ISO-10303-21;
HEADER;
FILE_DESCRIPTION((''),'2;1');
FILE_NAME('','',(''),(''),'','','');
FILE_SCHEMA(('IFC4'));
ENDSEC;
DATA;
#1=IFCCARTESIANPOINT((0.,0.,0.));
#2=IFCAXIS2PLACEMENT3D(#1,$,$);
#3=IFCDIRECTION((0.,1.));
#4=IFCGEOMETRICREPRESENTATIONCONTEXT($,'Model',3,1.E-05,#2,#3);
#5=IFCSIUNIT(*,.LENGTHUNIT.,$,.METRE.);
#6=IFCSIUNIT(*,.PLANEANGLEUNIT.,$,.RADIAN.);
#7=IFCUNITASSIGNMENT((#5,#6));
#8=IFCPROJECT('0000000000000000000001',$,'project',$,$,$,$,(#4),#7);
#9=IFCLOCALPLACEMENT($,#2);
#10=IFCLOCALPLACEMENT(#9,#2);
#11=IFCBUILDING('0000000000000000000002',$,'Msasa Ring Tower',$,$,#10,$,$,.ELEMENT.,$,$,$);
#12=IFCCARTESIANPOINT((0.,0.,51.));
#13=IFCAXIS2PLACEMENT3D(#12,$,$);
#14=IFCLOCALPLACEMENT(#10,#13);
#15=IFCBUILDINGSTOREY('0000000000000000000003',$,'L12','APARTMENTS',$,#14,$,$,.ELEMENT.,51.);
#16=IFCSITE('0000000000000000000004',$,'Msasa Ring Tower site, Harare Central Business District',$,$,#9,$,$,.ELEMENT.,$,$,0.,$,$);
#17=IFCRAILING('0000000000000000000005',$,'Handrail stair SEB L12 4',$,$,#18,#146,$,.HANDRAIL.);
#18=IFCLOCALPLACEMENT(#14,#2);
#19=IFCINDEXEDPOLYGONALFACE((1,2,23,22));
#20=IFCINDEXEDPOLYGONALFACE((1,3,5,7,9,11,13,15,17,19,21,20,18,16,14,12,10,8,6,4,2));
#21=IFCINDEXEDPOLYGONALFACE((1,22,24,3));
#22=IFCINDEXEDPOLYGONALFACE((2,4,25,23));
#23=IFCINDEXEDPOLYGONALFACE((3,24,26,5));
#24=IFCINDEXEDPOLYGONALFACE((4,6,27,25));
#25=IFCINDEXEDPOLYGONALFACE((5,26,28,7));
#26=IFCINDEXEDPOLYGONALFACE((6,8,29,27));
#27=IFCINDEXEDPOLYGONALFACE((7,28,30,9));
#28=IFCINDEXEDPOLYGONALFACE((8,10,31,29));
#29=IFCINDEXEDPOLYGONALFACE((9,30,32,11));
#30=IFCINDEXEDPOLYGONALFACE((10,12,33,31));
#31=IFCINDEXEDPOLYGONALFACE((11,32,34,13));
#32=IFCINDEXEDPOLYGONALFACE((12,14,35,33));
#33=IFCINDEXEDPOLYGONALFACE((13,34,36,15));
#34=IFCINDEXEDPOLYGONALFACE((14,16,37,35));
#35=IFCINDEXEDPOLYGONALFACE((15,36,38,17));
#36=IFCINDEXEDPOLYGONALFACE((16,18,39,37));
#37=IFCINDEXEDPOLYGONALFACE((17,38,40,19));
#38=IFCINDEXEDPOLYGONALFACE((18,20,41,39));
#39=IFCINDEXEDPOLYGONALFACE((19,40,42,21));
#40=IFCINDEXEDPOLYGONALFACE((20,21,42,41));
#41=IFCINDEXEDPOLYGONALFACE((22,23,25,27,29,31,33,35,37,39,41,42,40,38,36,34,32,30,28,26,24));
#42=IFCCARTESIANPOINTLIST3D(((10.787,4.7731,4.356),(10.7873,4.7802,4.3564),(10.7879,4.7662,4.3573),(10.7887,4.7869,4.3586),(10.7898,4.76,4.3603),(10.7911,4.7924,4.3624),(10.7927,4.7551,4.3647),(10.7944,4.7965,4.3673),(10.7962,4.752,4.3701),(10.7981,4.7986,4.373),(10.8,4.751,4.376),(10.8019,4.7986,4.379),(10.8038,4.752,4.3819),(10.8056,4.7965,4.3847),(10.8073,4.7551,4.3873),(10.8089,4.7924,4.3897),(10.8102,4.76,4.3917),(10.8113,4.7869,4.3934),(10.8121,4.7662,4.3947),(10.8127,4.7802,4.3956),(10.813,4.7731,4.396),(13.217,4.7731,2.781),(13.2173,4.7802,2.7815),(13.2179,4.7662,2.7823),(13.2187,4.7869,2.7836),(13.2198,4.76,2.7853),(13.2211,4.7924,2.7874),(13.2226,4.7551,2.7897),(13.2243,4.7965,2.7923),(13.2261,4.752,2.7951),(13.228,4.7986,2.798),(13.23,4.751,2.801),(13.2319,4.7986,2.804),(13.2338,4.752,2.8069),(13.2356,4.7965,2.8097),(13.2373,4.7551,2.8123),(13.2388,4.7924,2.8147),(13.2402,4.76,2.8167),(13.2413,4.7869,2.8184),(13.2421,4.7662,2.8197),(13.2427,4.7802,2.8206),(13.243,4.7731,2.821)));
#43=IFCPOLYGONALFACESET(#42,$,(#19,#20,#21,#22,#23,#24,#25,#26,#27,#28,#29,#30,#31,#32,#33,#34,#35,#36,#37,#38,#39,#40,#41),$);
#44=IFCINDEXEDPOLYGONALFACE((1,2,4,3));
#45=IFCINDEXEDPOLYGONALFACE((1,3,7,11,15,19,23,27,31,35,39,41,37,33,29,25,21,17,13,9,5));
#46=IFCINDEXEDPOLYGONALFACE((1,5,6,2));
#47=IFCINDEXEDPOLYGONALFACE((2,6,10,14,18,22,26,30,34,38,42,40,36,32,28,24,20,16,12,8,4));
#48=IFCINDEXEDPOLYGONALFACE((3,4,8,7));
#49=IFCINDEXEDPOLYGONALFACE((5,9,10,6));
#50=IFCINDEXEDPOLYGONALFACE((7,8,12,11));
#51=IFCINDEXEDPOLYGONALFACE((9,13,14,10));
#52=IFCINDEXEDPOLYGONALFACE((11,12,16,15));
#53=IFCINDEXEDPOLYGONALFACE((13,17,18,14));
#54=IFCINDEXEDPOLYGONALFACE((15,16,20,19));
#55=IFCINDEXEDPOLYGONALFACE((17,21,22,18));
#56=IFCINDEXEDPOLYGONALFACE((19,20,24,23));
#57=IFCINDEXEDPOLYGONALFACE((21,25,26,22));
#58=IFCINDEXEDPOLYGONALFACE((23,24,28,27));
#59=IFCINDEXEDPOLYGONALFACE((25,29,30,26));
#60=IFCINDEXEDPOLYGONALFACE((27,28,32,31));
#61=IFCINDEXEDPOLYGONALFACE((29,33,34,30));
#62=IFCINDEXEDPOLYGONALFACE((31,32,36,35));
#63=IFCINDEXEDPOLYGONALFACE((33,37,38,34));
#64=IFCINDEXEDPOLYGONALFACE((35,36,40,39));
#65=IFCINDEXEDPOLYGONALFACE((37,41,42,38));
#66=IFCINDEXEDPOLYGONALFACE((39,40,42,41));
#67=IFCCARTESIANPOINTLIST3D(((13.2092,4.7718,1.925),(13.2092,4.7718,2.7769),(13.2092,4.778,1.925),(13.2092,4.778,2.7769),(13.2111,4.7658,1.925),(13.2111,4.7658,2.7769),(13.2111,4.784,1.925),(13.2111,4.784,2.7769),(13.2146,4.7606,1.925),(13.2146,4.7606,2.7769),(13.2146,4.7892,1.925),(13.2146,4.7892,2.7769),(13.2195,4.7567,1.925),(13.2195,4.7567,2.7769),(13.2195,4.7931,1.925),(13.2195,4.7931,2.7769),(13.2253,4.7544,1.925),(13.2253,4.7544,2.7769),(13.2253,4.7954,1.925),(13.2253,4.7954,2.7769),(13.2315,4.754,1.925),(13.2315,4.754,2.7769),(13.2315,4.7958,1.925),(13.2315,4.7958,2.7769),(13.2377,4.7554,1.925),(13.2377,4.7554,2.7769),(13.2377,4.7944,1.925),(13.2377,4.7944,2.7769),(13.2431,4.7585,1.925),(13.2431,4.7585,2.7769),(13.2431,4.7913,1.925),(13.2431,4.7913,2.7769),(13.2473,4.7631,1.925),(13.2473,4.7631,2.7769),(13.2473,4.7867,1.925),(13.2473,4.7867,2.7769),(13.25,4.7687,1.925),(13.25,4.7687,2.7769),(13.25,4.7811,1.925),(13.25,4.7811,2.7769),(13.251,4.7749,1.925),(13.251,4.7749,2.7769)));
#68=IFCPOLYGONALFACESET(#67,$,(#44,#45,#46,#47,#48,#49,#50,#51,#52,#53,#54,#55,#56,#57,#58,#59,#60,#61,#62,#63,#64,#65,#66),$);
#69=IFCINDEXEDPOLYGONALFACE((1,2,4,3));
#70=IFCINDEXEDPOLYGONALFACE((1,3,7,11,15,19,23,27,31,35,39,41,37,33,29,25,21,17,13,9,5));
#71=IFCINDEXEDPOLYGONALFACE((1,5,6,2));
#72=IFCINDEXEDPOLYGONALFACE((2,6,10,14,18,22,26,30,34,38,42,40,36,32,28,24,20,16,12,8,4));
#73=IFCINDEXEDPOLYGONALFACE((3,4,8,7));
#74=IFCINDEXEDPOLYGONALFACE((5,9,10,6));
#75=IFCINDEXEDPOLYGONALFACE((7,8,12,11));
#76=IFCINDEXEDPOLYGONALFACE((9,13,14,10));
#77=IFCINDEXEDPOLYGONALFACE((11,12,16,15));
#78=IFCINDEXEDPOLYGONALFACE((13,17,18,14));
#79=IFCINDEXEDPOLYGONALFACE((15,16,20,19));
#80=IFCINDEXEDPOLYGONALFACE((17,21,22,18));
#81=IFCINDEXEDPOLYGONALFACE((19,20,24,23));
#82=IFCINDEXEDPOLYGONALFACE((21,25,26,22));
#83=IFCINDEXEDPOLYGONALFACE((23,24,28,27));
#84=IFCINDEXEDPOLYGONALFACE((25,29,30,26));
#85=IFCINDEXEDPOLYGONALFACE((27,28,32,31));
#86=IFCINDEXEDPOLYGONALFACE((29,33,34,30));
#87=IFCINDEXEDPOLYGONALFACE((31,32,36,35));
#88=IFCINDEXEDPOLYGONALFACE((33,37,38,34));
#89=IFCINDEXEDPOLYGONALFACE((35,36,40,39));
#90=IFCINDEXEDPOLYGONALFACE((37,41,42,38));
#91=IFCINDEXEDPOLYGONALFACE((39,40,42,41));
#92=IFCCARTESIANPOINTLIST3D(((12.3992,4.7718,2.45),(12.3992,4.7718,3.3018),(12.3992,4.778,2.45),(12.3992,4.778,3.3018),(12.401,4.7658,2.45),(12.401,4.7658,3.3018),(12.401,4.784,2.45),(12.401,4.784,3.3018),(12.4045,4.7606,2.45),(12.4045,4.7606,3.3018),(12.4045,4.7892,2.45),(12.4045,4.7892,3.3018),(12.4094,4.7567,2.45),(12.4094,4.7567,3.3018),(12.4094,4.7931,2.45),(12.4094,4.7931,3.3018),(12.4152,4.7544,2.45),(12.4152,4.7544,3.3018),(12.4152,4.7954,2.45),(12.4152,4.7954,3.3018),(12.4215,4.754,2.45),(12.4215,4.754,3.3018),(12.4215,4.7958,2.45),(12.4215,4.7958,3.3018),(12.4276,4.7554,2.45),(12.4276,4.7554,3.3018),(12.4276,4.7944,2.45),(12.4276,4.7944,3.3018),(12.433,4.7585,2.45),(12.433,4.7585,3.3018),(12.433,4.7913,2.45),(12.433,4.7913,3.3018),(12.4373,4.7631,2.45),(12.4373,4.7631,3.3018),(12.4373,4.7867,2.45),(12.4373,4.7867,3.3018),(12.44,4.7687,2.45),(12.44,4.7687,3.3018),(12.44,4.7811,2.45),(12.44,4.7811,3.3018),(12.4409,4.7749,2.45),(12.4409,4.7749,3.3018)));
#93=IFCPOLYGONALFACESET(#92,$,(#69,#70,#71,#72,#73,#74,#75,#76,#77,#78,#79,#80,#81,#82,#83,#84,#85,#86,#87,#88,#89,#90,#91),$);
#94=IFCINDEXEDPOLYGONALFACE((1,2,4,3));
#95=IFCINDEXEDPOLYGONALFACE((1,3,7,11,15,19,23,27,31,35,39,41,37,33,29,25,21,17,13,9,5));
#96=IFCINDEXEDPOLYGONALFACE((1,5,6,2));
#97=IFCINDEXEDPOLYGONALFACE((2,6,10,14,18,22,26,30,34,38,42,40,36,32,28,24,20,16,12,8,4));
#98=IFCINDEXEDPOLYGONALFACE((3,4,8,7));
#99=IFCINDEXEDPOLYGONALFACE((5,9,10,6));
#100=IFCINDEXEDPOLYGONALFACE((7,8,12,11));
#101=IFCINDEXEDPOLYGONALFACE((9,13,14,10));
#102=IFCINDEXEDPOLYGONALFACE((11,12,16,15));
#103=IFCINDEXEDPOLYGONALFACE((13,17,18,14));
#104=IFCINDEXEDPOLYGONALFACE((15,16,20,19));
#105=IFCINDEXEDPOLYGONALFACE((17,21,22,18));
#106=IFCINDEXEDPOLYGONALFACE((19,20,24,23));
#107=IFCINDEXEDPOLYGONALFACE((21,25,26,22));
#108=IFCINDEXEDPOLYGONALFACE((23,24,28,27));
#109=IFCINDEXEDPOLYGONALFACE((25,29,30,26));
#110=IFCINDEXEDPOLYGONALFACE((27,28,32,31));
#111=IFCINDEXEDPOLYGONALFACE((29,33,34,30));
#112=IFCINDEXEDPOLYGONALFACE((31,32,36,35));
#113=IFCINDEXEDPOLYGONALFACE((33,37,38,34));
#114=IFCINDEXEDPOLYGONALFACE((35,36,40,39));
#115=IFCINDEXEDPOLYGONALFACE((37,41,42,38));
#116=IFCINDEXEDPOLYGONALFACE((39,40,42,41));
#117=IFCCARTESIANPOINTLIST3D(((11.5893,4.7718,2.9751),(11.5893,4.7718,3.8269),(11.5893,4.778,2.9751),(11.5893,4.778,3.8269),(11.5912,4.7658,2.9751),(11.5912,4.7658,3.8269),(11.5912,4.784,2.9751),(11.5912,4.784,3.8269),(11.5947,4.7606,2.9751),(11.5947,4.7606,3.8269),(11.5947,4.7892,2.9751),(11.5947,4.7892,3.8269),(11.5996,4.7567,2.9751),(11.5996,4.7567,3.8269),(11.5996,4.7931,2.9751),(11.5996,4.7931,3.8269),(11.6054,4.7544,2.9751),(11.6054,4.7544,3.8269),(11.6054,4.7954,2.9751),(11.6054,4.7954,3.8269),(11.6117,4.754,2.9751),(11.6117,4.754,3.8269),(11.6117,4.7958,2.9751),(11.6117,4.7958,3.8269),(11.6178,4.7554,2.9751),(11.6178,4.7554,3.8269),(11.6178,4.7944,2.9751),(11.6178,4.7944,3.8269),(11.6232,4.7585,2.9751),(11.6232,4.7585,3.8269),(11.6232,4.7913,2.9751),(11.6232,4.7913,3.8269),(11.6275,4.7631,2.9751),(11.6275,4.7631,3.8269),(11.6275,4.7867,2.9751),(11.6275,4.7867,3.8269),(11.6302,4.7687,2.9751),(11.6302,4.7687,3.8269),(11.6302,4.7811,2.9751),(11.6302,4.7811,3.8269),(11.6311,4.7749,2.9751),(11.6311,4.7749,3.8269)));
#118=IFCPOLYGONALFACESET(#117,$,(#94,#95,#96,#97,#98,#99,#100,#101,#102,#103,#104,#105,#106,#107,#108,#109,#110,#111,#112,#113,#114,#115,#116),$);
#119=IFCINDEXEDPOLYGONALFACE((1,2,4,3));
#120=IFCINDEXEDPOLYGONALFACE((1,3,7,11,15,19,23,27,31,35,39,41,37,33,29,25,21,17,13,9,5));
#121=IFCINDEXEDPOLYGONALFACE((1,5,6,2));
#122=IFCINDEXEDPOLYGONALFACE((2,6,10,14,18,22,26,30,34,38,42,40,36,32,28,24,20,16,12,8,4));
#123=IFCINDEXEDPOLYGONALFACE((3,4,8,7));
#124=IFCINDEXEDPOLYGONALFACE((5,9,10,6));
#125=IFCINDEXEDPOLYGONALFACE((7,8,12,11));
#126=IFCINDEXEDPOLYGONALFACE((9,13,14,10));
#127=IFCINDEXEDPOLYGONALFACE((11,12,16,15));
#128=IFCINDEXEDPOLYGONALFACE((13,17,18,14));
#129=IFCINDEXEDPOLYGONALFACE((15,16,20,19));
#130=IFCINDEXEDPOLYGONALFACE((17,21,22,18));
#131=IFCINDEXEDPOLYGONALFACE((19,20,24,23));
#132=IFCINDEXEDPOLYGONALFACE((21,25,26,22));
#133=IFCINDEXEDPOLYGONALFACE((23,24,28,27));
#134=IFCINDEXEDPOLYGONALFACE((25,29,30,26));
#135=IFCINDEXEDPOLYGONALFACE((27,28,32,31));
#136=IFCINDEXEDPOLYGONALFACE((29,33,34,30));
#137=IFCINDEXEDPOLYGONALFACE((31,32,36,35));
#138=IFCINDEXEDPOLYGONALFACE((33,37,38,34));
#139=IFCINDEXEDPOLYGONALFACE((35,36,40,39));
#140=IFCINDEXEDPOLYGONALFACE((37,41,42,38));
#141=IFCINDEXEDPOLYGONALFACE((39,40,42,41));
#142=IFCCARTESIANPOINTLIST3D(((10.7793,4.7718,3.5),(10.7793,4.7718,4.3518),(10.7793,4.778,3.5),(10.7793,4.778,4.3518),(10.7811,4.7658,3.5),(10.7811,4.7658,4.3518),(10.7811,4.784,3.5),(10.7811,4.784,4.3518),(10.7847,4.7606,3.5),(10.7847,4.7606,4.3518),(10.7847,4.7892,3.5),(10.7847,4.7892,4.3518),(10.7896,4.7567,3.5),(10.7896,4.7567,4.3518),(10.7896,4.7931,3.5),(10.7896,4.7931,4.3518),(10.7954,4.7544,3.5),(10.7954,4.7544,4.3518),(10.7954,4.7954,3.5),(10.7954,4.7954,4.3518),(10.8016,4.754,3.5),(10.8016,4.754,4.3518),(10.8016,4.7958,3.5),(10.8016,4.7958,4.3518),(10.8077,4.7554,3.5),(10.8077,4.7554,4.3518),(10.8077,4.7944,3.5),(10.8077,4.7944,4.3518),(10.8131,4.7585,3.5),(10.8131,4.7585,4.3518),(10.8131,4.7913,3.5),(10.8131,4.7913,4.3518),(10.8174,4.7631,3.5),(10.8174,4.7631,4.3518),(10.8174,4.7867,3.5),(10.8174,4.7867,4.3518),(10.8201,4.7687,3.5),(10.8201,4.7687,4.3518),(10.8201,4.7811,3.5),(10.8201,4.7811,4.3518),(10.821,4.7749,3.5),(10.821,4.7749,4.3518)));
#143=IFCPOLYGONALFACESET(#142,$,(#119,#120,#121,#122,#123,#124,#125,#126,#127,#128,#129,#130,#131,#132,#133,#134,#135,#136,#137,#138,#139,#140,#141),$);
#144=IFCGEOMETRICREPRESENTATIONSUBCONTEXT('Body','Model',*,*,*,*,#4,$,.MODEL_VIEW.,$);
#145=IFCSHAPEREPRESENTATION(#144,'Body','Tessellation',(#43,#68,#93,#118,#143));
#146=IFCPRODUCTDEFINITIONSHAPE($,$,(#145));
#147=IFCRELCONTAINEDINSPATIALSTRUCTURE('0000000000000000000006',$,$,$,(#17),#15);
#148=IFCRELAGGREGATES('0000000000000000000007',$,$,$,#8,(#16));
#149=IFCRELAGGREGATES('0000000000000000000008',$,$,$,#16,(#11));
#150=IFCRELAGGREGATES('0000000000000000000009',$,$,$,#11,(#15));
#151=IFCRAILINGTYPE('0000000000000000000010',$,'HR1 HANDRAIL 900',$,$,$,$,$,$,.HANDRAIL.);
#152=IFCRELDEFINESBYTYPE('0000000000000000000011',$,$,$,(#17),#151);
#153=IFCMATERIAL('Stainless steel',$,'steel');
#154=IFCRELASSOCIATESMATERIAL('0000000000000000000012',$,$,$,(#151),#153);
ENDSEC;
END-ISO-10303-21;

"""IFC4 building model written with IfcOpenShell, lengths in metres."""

from ifc_helpers import new_model, si_unit, direction, frame, origin, origin_2d, place, context, subcontext, project, spatial, circle, extrude, material, type_object, element, save


model = new_model("IFC4")

# Units and contexts
model_context = context("Model", 3, precision=1e-05, world=origin(), true_north=direction((0.0, 1.0)))
body_context = subcontext(model_context, "Body", "Model", "MODEL_VIEW")
ifc_project = project(units=[si_unit("LENGTHUNIT", "METRE"), si_unit("PLANEANGLEUNIT", "RADIAN")], contexts=[model_context])

# Site, building, storey
site_placement = place(None, origin())
site = spatial("IfcSite", under=ifc_project, at=site_placement, Name="Msasa Ring Tower site, Harare Central Business District", CompositionType="ELEMENT", RefElevation=0.0)
building_placement = place(site_placement, origin())
building = spatial("IfcBuilding", under=site, at=building_placement, Name="Msasa Ring Tower", CompositionType="ELEMENT")
storey_placement = place(building_placement, frame((0.0, 0.0, 51.0)))
storey = spatial("IfcBuildingStorey", under=building, at=storey_placement, Name="L12", Description="APARTMENTS", CompositionType="ELEMENT", Elevation=51.0)

# Railing
ifc_material_1 = material(Name="Stainless steel", Category="steel")
railing_type = type_object("IfcRailingType", Name="HR1 HANDRAIL 900", PredefinedType="HANDRAIL", material=ifc_material_1)
for number, where, name in (
    (1, (13.23, 4.7749, 1.925), "Handrail stair SEB L12 4"),
):
    element("IfcRailing", number, at=place(storey_placement, frame(where)), inside=storey, type_object=railing_type, Name=name, PredefinedType="HANDRAIL", context=body_context, shape_type="SweptSolid", body=[
        extrude(circle(Radius=0.0239, at=origin_2d()), frame((0.0, 0.0, 0.876), z_axis=(-0.839154, 0.0, 0.543894), x_axis=(0.0, -1.0, 0.0)), (0.0, 0.0, 1.0), 2.8958),
        extrude(circle(Radius=0.021, at=origin_2d()), origin(), (0.0, 0.0, 1.0), 0.8518),
        extrude(circle(Radius=0.021, at=origin_2d()), frame((-0.8101, 0.0, 0.5249)), (0.0, 0.0, 1.0), 0.8518),
        extrude(circle(Radius=0.021, at=origin_2d()), frame((-1.6199, 0.0, 1.05)), (0.0, 0.0, 1.0), 0.8518),
        extrude(circle(Radius=0.021, at=origin_2d()), frame((-2.4299, 0.0, 1.575)), (0.0, 0.0, 1.0), 0.8518),
    ])

save(model, "model.ifc")
